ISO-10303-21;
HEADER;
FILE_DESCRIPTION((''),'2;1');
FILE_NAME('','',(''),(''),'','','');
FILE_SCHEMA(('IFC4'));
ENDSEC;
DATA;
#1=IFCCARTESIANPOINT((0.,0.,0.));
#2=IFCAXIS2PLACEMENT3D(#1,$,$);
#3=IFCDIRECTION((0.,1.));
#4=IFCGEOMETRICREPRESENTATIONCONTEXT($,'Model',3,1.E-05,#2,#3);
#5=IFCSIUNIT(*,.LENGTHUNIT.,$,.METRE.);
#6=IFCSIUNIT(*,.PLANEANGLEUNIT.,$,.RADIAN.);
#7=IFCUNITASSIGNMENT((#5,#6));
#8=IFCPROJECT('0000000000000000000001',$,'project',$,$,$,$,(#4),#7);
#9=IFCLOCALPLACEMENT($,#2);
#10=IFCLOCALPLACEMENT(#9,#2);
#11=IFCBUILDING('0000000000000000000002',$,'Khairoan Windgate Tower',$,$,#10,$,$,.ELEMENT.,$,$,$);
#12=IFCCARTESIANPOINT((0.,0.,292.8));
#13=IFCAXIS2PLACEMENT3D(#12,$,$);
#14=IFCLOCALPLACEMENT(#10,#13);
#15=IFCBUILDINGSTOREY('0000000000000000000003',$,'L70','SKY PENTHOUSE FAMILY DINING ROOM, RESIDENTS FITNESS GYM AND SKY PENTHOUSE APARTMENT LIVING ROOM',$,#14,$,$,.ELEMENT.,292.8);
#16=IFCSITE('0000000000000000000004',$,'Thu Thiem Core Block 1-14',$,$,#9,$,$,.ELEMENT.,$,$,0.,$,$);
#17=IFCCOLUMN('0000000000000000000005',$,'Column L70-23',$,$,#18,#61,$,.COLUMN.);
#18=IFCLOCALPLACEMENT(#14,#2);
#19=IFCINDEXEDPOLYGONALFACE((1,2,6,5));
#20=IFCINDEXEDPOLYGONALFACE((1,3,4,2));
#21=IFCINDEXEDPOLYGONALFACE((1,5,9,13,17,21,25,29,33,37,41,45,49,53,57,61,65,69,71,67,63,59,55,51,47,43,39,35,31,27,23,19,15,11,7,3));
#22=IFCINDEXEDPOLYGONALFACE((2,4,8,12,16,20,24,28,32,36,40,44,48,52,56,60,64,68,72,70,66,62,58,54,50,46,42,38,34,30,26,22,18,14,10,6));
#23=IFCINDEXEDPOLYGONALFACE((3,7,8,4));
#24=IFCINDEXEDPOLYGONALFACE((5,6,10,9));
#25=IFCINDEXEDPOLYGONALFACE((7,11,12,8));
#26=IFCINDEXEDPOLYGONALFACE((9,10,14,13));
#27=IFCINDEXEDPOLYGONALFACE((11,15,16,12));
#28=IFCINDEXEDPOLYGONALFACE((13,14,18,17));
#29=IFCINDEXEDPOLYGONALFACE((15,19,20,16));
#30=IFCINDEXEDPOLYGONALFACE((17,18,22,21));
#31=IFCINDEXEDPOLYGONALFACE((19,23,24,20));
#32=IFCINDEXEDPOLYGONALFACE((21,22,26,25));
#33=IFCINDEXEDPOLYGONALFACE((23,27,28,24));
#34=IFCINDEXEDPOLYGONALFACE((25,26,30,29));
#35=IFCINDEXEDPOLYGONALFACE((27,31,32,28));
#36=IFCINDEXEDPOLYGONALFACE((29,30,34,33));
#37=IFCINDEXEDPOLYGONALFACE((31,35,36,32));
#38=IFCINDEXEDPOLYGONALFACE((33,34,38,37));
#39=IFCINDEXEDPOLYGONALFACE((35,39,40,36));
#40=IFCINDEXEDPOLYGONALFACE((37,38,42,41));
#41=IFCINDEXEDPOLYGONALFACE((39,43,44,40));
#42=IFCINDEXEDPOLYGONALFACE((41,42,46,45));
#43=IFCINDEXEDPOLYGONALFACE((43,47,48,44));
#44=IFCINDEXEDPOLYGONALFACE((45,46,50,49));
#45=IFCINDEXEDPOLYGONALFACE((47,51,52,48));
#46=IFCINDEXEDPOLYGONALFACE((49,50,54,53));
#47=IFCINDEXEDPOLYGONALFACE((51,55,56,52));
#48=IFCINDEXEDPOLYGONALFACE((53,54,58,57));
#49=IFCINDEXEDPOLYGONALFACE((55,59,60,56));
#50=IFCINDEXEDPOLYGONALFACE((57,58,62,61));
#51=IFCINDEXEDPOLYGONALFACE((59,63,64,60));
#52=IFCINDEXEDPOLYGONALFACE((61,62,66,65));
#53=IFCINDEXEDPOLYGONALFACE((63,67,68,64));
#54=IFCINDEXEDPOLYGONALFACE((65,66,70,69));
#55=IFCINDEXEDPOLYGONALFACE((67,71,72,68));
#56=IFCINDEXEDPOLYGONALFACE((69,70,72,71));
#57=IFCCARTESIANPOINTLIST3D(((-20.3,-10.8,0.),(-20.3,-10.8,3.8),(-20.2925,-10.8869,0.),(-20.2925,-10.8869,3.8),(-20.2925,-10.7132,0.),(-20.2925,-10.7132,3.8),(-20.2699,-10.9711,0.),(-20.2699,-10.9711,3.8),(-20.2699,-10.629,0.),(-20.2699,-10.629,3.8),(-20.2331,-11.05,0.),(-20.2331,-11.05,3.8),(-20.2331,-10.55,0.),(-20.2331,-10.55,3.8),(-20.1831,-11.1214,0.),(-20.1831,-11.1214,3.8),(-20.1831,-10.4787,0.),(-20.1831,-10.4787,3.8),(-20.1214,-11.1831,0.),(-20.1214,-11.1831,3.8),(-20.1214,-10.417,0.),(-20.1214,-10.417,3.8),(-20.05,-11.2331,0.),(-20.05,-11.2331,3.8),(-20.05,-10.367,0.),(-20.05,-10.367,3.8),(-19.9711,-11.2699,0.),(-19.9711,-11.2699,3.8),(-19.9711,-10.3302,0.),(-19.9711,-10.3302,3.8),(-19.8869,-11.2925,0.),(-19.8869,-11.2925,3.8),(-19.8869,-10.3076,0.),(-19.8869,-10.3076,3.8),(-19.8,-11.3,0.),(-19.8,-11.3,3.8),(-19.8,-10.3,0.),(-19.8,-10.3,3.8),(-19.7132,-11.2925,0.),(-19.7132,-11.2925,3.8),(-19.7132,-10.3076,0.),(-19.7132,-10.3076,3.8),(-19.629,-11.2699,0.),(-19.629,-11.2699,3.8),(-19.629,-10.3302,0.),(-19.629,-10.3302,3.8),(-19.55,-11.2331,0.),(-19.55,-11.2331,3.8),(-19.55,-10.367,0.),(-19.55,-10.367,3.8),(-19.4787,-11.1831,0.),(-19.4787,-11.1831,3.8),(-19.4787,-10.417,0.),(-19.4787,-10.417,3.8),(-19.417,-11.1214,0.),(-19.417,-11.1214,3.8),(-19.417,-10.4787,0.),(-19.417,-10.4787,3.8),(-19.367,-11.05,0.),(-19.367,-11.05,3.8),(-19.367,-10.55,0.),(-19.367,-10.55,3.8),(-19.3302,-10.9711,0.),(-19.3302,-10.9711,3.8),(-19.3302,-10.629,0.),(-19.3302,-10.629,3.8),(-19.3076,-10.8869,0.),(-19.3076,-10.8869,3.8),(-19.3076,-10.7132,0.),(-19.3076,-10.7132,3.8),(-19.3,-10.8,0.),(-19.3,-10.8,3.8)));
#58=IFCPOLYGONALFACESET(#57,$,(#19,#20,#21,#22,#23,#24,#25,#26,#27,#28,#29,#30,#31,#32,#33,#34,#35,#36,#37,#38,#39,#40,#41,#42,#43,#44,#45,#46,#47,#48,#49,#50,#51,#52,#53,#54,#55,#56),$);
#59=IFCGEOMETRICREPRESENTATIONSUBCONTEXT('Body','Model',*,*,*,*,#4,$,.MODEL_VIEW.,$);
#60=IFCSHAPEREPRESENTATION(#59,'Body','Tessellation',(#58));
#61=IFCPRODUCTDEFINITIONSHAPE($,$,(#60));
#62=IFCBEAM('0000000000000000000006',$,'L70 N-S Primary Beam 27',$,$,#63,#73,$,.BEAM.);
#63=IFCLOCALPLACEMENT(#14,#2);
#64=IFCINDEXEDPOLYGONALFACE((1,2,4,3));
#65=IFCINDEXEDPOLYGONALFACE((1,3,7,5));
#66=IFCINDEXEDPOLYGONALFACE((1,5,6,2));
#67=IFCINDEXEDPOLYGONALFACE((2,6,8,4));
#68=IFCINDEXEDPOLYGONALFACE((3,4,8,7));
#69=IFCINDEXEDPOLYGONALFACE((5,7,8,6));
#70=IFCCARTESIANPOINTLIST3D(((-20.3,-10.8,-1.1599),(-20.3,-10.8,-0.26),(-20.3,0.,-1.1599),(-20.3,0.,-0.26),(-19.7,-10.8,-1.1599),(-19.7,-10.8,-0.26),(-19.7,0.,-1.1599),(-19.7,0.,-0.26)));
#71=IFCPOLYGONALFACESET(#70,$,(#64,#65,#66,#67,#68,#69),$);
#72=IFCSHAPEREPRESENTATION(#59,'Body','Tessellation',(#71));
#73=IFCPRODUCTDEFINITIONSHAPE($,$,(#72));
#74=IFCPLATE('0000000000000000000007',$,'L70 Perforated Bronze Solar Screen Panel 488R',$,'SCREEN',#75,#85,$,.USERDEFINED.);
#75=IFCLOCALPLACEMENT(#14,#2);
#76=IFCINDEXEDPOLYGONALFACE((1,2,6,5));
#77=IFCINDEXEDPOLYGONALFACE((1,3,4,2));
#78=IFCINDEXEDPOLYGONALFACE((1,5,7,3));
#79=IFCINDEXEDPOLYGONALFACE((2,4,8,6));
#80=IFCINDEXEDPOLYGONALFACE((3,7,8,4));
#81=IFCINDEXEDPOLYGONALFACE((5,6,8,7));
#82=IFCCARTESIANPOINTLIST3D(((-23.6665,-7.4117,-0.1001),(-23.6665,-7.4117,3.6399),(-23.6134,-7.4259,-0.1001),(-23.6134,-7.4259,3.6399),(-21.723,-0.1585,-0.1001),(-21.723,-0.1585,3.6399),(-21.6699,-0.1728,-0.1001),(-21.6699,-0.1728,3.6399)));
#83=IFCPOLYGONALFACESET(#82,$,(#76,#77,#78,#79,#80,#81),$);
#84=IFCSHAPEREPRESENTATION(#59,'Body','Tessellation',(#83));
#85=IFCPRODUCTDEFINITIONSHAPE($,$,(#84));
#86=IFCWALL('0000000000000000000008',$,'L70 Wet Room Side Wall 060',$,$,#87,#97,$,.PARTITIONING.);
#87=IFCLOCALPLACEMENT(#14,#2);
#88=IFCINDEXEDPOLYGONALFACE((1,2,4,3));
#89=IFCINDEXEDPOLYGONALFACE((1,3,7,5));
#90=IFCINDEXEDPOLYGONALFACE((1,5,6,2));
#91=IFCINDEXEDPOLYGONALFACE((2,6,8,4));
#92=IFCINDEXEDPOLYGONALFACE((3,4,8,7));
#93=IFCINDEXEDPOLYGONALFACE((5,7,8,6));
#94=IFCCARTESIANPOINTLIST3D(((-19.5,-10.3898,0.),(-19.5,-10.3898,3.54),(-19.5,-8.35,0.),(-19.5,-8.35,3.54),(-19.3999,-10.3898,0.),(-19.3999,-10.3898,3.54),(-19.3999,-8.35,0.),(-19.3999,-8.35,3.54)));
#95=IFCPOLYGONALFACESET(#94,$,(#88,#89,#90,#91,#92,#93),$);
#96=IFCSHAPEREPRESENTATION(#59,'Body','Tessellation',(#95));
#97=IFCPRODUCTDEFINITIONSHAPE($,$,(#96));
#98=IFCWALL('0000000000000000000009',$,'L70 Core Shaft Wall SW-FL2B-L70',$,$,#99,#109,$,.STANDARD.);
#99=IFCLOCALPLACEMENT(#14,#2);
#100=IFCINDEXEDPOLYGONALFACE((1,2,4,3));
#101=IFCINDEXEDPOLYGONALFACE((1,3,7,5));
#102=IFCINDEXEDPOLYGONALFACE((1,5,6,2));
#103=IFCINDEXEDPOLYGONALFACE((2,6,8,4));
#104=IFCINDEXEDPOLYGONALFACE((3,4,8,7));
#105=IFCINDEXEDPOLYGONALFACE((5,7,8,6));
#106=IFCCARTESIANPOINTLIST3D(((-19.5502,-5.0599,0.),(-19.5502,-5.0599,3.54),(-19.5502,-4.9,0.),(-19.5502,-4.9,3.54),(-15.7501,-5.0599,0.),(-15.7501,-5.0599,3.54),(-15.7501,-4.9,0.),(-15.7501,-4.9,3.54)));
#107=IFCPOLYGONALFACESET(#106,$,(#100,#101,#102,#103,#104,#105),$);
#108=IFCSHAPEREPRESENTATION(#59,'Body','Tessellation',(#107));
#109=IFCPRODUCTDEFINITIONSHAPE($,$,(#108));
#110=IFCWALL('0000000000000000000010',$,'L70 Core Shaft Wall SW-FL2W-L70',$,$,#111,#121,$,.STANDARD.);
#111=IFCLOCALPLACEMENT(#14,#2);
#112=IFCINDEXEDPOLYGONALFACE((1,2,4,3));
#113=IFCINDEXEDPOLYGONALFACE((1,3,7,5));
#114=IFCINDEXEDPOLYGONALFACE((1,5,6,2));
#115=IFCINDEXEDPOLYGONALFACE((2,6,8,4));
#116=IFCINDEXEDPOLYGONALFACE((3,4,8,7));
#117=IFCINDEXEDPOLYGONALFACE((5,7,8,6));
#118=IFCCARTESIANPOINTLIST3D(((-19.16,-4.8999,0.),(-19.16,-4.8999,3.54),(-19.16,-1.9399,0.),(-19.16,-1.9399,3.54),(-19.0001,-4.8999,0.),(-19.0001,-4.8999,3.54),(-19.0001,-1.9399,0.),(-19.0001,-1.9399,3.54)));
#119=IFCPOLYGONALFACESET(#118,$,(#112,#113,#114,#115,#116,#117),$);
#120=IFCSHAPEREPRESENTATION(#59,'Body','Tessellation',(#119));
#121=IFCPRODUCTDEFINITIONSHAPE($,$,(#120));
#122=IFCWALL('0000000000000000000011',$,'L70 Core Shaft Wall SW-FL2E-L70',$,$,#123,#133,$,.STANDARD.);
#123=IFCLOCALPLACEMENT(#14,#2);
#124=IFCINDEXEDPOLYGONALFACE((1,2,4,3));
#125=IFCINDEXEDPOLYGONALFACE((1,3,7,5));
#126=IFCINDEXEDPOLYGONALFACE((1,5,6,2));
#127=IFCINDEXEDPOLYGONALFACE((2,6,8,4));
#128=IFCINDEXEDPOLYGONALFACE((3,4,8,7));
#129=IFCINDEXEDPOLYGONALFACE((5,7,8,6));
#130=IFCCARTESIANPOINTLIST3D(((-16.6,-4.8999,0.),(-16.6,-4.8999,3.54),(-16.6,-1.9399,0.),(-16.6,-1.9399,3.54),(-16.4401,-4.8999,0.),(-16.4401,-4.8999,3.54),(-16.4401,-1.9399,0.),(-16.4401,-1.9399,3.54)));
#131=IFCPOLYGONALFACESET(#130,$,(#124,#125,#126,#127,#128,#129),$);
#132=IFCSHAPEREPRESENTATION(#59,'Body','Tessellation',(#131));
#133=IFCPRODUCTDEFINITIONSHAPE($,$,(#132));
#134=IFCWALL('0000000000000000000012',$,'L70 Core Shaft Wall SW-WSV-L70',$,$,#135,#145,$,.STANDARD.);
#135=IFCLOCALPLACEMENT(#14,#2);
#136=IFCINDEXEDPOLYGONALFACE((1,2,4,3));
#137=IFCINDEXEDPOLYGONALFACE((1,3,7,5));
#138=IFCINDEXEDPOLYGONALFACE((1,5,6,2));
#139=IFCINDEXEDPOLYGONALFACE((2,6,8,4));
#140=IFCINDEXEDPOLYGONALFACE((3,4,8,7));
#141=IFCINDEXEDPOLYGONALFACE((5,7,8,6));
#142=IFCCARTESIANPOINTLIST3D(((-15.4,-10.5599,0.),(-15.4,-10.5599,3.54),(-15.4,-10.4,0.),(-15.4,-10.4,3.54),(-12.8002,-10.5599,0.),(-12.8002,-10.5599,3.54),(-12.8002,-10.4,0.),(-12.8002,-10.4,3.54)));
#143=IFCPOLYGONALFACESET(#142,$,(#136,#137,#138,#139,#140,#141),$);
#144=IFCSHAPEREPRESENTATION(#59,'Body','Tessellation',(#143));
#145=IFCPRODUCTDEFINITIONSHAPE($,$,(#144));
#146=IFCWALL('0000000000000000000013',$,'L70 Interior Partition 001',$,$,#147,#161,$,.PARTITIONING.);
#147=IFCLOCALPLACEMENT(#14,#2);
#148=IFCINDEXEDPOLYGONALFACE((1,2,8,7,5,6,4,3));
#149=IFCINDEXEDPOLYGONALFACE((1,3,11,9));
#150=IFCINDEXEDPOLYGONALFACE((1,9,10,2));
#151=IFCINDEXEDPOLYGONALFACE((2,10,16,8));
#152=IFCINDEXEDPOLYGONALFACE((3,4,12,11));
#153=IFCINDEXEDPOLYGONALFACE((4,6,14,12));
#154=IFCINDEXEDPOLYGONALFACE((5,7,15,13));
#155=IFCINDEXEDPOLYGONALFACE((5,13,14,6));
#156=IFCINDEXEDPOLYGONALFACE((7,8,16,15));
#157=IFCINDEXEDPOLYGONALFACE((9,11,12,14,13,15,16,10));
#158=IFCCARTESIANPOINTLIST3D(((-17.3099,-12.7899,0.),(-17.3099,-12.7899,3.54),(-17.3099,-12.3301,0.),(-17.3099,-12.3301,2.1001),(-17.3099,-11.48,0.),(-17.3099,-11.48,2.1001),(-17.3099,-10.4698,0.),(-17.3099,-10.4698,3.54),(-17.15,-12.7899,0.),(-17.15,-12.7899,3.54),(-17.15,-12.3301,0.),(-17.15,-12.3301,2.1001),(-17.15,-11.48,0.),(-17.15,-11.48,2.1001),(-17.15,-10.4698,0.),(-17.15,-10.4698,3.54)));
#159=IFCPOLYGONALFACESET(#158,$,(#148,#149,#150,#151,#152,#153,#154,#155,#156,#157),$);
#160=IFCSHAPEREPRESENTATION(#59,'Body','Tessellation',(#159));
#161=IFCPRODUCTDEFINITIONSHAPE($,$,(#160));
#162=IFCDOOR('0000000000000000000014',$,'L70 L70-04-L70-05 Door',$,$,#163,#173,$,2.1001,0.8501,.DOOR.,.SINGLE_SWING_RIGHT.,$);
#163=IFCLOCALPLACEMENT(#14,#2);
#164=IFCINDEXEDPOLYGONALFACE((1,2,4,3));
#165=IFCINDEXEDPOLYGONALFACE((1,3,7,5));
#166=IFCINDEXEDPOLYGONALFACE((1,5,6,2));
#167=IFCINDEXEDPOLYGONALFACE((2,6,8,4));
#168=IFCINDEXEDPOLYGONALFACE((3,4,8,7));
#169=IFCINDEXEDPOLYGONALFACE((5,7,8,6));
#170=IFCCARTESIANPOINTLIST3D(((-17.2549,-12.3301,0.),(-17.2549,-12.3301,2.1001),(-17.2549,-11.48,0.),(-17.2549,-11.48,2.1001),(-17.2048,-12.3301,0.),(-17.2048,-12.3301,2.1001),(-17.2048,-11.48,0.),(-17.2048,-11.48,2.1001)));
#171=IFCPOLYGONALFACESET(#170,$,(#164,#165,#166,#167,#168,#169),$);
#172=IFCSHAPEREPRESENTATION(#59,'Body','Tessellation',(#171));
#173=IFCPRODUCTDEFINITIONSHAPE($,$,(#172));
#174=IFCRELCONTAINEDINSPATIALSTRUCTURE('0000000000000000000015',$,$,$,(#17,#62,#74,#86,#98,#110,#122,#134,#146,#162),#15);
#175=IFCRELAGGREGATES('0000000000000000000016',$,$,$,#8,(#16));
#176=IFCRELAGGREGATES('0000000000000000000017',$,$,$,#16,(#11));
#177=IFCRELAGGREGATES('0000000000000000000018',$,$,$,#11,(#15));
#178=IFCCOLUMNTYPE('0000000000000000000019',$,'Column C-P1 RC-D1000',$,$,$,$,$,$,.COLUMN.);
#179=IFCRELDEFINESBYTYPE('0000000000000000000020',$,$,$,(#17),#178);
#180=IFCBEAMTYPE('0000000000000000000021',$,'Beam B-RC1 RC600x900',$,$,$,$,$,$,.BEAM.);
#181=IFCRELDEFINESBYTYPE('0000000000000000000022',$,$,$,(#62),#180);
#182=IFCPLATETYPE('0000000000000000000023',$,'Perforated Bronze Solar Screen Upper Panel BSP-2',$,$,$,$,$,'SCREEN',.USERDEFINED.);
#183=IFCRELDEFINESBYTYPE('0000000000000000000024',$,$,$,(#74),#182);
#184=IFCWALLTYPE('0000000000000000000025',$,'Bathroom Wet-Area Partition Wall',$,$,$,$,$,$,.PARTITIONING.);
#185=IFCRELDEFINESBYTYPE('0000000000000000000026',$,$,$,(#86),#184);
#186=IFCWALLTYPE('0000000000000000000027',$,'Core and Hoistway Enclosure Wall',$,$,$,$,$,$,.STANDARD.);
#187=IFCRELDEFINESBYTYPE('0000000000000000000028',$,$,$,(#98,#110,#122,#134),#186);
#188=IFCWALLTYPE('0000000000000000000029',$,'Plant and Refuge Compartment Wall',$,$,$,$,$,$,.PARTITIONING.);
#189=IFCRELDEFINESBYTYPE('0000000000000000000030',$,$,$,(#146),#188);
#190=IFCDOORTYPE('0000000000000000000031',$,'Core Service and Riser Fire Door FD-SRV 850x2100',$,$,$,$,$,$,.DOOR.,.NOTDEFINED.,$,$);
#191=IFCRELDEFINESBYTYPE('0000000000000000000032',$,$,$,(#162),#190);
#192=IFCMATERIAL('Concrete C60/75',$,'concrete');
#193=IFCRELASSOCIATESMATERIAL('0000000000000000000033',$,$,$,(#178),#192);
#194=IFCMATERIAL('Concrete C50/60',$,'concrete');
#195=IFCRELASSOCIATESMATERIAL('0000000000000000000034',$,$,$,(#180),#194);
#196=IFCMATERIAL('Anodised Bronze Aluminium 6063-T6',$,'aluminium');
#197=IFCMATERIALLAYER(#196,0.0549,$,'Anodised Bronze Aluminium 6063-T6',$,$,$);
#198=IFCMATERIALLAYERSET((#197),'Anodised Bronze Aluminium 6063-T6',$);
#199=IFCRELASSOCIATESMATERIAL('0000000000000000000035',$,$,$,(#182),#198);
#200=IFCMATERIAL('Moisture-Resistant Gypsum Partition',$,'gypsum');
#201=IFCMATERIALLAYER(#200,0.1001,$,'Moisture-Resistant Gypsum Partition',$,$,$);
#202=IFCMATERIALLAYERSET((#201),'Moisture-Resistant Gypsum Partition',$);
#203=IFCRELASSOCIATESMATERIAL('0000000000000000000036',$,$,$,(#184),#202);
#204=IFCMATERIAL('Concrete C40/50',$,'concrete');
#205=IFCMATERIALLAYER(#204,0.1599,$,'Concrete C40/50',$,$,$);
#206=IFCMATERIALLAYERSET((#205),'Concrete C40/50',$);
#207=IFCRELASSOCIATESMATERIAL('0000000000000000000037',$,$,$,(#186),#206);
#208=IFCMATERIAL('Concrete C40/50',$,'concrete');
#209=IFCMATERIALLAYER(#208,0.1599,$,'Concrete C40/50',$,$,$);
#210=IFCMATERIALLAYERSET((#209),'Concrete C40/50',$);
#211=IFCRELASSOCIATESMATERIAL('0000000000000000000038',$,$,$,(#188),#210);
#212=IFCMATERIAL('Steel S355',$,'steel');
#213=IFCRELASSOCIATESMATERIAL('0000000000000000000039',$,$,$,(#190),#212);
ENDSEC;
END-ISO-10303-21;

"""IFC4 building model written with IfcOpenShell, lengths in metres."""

from ifc_helpers import new_model, si_unit, direction, frame, frame_2d, origin, origin_2d, place, context, subcontext, project, spatial, rectangle, circle, extrude, material, layer, layer_set, material_profile, profile_set, type_object, element, fill, save


model = new_model("IFC4")

# Units and contexts
model_context = context("Model", 3, precision=1e-05, world=origin(), true_north=direction((0.0, 1.0)))
body_context = subcontext(model_context, "Body", "Model", "MODEL_VIEW")
ifc_project = project(units=[si_unit("LENGTHUNIT", "METRE"), si_unit("PLANEANGLEUNIT", "RADIAN")], contexts=[model_context])

# Site, building, storey
site_placement = place(None, origin())
site = spatial("IfcSite", under=ifc_project, at=site_placement, Name="Thu Thiem Core Block 1-14", CompositionType="ELEMENT", RefElevation=0.0)
building_placement = place(site_placement, origin())
building = spatial("IfcBuilding", under=site, at=building_placement, Name="Khairoan Windgate Tower", CompositionType="ELEMENT")
storey_placement = place(building_placement, frame((0.0, 0.0, 292.8)))
storey = spatial("IfcBuildingStorey", under=building, at=storey_placement, Name="L70", Description="SKY PENTHOUSE FAMILY DINING ROOM, RESIDENTS FITNESS GYM AND SKY PENTHOUSE APARTMENT LIVING ROOM", CompositionType="ELEMENT", Elevation=292.8)

# Column
ifc_material_1 = material(Name="Concrete C60/75", Category="concrete")
ifc_material_profile_1 = material_profile(ifc_material_1, circle(Radius=0.5, at=origin_2d()))
ifc_profile_set_1 = profile_set([ifc_material_profile_1], Name="Concrete C60/75")
column_type = type_object("IfcColumnType", Name="Column C-P1 RC-D1000", PredefinedType="COLUMN", material=ifc_profile_set_1)
column_placement = place(storey_placement, frame((-19.8, -10.8, 0.0), z_axis=(0.0, 0.0, 1.0), x_axis=(1.0, 0.0, 0.0)))
element("IfcColumn", 1, at=column_placement, inside=storey, type_object=column_type, Name="Column L70-23", PredefinedType="COLUMN", context=body_context, shape_type="SweptSolid", body=[
    extrude(circle(Radius=0.5, at=origin_2d()), origin(), (0.0, 0.0, 1.0), 3.8),
])

# Beam
ifc_material_2 = material(Name="Concrete C50/60", Category="concrete")
ifc_material_profile_2 = material_profile(ifc_material_2, rectangle(XDim=0.6001, YDim=0.8999, at=origin_2d()))
ifc_profile_set_2 = profile_set([ifc_material_profile_2], Name="Concrete C50/60")
beam_type = type_object("IfcBeamType", Name="Beam B-RC1 RC600x900", PredefinedType="BEAM", material=ifc_profile_set_2)
beam_placement = place(storey_placement, frame((-20.0, -10.8, -0.71), z_axis=(0.0, 1.0, 0.0), x_axis=(-1.0, 0.0, 0.0)))
element("IfcBeam", 2, at=beam_placement, inside=storey, type_object=beam_type, Name="L70 N-S Primary Beam 27", PredefinedType="BEAM", context=body_context, shape_type="SweptSolid", body=[
    extrude(rectangle(XDim=0.6001, YDim=0.8999, at=origin_2d()), origin(), (0.0, 0.0, 1.0), 10.8),
])

# Plate
ifc_material_3 = material(Name="Anodised Bronze Aluminium 6063-T6", Category="aluminium")
ifc_layer_1 = layer(ifc_material_3, 0.0549, Name="Anodised Bronze Aluminium 6063-T6")
ifc_layer_set_1 = layer_set([ifc_layer_1], Name="Anodised Bronze Aluminium 6063-T6")
plate_type = type_object("IfcPlateType", Name="Perforated Bronze Solar Screen Upper Panel BSP-2", ElementType="SCREEN", PredefinedType="USERDEFINED", material=ifc_layer_set_1)
plate_placement = place(storey_placement, frame((-22.6682, -3.7922, -0.1001), z_axis=(0.0, 0.0, 1.0), x_axis=(0.258819, 0.965926, 0.0)))
element("IfcPlate", 3, at=plate_placement, inside=storey, type_object=plate_type, Name="L70 Perforated Bronze Solar Screen Panel 488R", ObjectType="SCREEN", PredefinedType="USERDEFINED", context=body_context, shape_type="SweptSolid", body=[
    extrude(rectangle(XDim=7.509, YDim=0.0549, at=origin_2d()), origin(), (0.0, 0.0, 1.0), 3.74),
])

# Walls
ifc_material_4 = material(Name="Moisture-Resistant Gypsum Partition", Category="gypsum")
ifc_layer_2 = layer(ifc_material_4, 0.1001, Name="Moisture-Resistant Gypsum Partition")
ifc_layer_set_2 = layer_set([ifc_layer_2], Name="Moisture-Resistant Gypsum Partition")
wall_type_1 = type_object("IfcWallType", Name="Bathroom Wet-Area Partition Wall", PredefinedType="PARTITIONING", material=ifc_layer_set_2)
wall_1_placement = place(storey_placement, frame((-19.45, -10.3899, 0.0), z_axis=(0.0, 0.0, 1.0), x_axis=(0.0, 1.0, 0.0)))
element("IfcWall", 4, at=wall_1_placement, inside=storey, type_object=wall_type_1, Name="L70 Wet Room Side Wall 060", PredefinedType="PARTITIONING", context=body_context, shape_type="SweptSolid", body=[
    extrude(rectangle(XDim=2.0398, YDim=0.1001, at=frame_2d((1.02, 0.0))), origin(), (0.0, 0.0, 1.0), 3.54),
])
ifc_material_5 = material(Name="Concrete C40/50", Category="concrete")
ifc_layer_3 = layer(ifc_material_5, 0.1599, Name="Concrete C40/50")
ifc_layer_set_3 = layer_set([ifc_layer_3], Name="Concrete C40/50")
wall_type_2 = type_object("IfcWallType", Name="Core and Hoistway Enclosure Wall", PredefinedType="STANDARD", material=ifc_layer_set_3)
wall_2_placement = place(storey_placement, frame((-19.55, -4.98, 0.0), z_axis=(0.0, 0.0, 1.0), x_axis=(1.0, 0.0, 0.0)))
element("IfcWall", 5, at=wall_2_placement, inside=storey, type_object=wall_type_2, Name="L70 Core Shaft Wall SW-FL2B-L70", PredefinedType="STANDARD", context=body_context, shape_type="SweptSolid", body=[
    extrude(rectangle(XDim=3.8, YDim=0.1599, at=frame_2d((1.8999, 0.0))), origin(), (0.0, 0.0, 1.0), 3.54),
])
for number, where, z_axis, x_axis, name in (
    (6, (-19.0801, -4.8999, 0.0), (0.0, 0.0, 1.0), (0.0, 1.0, 0.0), "L70 Core Shaft Wall SW-FL2W-L70"),
    (7, (-16.52, -4.8999, 0.0), (0.0, 0.0, 1.0), (0.0, 1.0, 0.0), "L70 Core Shaft Wall SW-FL2E-L70"),
):
    element("IfcWall", number, at=place(storey_placement, frame(where, z_axis=z_axis, x_axis=x_axis)), inside=storey, type_object=wall_type_2, Name=name, PredefinedType="STANDARD", context=body_context, shape_type="SweptSolid", body=[
        extrude(rectangle(XDim=2.96, YDim=0.1599, at=frame_2d((1.48, 0.0))), origin(), (0.0, 0.0, 1.0), 3.54),
    ])
wall_3_placement = place(storey_placement, frame((-15.3999, -10.48, 0.0), z_axis=(0.0, 0.0, 1.0), x_axis=(1.0, 0.0, 0.0)))
element("IfcWall", 8, at=wall_3_placement, inside=storey, type_object=wall_type_2, Name="L70 Core Shaft Wall SW-WSV-L70", PredefinedType="STANDARD", context=body_context, shape_type="SweptSolid", body=[
    extrude(rectangle(XDim=2.5999, YDim=0.1599, at=frame_2d((1.2998, 0.0))), origin(), (0.0, 0.0, 1.0), 3.54),
])

# Wall, opening, door
ifc_material_6 = material(Name="Concrete C40/50", Category="concrete")
ifc_layer_4 = layer(ifc_material_6, 0.1599, Name="Concrete C40/50")
ifc_layer_set_4 = layer_set([ifc_layer_4], Name="Concrete C40/50")
wall_type_3 = type_object("IfcWallType", Name="Plant and Refuge Compartment Wall", PredefinedType="PARTITIONING", material=ifc_layer_set_4)
wall_4_placement = place(storey_placement, frame((-17.23, -12.79, 0.0), z_axis=(0.0, 0.0, 1.0), x_axis=(0.0, 1.0, 0.0)))
wall_4 = element("IfcWall", 9, at=wall_4_placement, inside=storey, type_object=wall_type_3, Name="L70 Interior Partition 001", PredefinedType="PARTITIONING", context=body_context, shape_type="SweptSolid", body=[
    extrude(rectangle(XDim=2.3201, YDim=0.1599, at=frame_2d((1.1602, 0.0))), origin(), (0.0, 0.0, 1.0), 3.54),
])
opening_1_placement = place(wall_4_placement, frame((0.46, 0.0, 0.0)))
opening_1 = element("IfcOpeningElement", 10, at=opening_1_placement, cuts=wall_4, PredefinedType="OPENING", context=body_context, shape_type="SweptSolid", body=[
    extrude(rectangle(XDim=0.8501, YDim=2.1001, at=frame_2d((0.425, 1.05))), frame((0.0, 0.0898, 0.0), z_axis=(0.0, -1.0, 0.0), x_axis=(1.0, 0.0, 0.0)), (0.0, 0.0, 1.0), 0.1799),
])
ifc_material_7 = material(Name="Steel S355", Category="steel")
door_type = type_object("IfcDoorType", Name="Core Service and Riser Fire Door FD-SRV 850x2100", OperationType="NOTDEFINED", PredefinedType="DOOR", material=ifc_material_7)
door_1_placement = place(opening_1_placement, origin())
door_1 = element("IfcDoor", 11, at=door_1_placement, inside=storey, type_object=door_type, Name="L70 L70-04-L70-05 Door", OperationType="SINGLE_SWING_RIGHT", OverallHeight=2.1001, OverallWidth=0.8501, PredefinedType="DOOR", context=body_context, shape_type="SweptSolid", body=[
    extrude(rectangle(XDim=0.8501, YDim=2.1001, at=frame_2d((0.425, 1.05))), frame((0.0, 0.0249, 0.0), z_axis=(0.0, -1.0, 0.0), x_axis=(1.0, 0.0, 0.0)), (0.0, 0.0, 1.0), 0.05),
])
fill(opening_1, door_1)

save(model, "model.ifc")
